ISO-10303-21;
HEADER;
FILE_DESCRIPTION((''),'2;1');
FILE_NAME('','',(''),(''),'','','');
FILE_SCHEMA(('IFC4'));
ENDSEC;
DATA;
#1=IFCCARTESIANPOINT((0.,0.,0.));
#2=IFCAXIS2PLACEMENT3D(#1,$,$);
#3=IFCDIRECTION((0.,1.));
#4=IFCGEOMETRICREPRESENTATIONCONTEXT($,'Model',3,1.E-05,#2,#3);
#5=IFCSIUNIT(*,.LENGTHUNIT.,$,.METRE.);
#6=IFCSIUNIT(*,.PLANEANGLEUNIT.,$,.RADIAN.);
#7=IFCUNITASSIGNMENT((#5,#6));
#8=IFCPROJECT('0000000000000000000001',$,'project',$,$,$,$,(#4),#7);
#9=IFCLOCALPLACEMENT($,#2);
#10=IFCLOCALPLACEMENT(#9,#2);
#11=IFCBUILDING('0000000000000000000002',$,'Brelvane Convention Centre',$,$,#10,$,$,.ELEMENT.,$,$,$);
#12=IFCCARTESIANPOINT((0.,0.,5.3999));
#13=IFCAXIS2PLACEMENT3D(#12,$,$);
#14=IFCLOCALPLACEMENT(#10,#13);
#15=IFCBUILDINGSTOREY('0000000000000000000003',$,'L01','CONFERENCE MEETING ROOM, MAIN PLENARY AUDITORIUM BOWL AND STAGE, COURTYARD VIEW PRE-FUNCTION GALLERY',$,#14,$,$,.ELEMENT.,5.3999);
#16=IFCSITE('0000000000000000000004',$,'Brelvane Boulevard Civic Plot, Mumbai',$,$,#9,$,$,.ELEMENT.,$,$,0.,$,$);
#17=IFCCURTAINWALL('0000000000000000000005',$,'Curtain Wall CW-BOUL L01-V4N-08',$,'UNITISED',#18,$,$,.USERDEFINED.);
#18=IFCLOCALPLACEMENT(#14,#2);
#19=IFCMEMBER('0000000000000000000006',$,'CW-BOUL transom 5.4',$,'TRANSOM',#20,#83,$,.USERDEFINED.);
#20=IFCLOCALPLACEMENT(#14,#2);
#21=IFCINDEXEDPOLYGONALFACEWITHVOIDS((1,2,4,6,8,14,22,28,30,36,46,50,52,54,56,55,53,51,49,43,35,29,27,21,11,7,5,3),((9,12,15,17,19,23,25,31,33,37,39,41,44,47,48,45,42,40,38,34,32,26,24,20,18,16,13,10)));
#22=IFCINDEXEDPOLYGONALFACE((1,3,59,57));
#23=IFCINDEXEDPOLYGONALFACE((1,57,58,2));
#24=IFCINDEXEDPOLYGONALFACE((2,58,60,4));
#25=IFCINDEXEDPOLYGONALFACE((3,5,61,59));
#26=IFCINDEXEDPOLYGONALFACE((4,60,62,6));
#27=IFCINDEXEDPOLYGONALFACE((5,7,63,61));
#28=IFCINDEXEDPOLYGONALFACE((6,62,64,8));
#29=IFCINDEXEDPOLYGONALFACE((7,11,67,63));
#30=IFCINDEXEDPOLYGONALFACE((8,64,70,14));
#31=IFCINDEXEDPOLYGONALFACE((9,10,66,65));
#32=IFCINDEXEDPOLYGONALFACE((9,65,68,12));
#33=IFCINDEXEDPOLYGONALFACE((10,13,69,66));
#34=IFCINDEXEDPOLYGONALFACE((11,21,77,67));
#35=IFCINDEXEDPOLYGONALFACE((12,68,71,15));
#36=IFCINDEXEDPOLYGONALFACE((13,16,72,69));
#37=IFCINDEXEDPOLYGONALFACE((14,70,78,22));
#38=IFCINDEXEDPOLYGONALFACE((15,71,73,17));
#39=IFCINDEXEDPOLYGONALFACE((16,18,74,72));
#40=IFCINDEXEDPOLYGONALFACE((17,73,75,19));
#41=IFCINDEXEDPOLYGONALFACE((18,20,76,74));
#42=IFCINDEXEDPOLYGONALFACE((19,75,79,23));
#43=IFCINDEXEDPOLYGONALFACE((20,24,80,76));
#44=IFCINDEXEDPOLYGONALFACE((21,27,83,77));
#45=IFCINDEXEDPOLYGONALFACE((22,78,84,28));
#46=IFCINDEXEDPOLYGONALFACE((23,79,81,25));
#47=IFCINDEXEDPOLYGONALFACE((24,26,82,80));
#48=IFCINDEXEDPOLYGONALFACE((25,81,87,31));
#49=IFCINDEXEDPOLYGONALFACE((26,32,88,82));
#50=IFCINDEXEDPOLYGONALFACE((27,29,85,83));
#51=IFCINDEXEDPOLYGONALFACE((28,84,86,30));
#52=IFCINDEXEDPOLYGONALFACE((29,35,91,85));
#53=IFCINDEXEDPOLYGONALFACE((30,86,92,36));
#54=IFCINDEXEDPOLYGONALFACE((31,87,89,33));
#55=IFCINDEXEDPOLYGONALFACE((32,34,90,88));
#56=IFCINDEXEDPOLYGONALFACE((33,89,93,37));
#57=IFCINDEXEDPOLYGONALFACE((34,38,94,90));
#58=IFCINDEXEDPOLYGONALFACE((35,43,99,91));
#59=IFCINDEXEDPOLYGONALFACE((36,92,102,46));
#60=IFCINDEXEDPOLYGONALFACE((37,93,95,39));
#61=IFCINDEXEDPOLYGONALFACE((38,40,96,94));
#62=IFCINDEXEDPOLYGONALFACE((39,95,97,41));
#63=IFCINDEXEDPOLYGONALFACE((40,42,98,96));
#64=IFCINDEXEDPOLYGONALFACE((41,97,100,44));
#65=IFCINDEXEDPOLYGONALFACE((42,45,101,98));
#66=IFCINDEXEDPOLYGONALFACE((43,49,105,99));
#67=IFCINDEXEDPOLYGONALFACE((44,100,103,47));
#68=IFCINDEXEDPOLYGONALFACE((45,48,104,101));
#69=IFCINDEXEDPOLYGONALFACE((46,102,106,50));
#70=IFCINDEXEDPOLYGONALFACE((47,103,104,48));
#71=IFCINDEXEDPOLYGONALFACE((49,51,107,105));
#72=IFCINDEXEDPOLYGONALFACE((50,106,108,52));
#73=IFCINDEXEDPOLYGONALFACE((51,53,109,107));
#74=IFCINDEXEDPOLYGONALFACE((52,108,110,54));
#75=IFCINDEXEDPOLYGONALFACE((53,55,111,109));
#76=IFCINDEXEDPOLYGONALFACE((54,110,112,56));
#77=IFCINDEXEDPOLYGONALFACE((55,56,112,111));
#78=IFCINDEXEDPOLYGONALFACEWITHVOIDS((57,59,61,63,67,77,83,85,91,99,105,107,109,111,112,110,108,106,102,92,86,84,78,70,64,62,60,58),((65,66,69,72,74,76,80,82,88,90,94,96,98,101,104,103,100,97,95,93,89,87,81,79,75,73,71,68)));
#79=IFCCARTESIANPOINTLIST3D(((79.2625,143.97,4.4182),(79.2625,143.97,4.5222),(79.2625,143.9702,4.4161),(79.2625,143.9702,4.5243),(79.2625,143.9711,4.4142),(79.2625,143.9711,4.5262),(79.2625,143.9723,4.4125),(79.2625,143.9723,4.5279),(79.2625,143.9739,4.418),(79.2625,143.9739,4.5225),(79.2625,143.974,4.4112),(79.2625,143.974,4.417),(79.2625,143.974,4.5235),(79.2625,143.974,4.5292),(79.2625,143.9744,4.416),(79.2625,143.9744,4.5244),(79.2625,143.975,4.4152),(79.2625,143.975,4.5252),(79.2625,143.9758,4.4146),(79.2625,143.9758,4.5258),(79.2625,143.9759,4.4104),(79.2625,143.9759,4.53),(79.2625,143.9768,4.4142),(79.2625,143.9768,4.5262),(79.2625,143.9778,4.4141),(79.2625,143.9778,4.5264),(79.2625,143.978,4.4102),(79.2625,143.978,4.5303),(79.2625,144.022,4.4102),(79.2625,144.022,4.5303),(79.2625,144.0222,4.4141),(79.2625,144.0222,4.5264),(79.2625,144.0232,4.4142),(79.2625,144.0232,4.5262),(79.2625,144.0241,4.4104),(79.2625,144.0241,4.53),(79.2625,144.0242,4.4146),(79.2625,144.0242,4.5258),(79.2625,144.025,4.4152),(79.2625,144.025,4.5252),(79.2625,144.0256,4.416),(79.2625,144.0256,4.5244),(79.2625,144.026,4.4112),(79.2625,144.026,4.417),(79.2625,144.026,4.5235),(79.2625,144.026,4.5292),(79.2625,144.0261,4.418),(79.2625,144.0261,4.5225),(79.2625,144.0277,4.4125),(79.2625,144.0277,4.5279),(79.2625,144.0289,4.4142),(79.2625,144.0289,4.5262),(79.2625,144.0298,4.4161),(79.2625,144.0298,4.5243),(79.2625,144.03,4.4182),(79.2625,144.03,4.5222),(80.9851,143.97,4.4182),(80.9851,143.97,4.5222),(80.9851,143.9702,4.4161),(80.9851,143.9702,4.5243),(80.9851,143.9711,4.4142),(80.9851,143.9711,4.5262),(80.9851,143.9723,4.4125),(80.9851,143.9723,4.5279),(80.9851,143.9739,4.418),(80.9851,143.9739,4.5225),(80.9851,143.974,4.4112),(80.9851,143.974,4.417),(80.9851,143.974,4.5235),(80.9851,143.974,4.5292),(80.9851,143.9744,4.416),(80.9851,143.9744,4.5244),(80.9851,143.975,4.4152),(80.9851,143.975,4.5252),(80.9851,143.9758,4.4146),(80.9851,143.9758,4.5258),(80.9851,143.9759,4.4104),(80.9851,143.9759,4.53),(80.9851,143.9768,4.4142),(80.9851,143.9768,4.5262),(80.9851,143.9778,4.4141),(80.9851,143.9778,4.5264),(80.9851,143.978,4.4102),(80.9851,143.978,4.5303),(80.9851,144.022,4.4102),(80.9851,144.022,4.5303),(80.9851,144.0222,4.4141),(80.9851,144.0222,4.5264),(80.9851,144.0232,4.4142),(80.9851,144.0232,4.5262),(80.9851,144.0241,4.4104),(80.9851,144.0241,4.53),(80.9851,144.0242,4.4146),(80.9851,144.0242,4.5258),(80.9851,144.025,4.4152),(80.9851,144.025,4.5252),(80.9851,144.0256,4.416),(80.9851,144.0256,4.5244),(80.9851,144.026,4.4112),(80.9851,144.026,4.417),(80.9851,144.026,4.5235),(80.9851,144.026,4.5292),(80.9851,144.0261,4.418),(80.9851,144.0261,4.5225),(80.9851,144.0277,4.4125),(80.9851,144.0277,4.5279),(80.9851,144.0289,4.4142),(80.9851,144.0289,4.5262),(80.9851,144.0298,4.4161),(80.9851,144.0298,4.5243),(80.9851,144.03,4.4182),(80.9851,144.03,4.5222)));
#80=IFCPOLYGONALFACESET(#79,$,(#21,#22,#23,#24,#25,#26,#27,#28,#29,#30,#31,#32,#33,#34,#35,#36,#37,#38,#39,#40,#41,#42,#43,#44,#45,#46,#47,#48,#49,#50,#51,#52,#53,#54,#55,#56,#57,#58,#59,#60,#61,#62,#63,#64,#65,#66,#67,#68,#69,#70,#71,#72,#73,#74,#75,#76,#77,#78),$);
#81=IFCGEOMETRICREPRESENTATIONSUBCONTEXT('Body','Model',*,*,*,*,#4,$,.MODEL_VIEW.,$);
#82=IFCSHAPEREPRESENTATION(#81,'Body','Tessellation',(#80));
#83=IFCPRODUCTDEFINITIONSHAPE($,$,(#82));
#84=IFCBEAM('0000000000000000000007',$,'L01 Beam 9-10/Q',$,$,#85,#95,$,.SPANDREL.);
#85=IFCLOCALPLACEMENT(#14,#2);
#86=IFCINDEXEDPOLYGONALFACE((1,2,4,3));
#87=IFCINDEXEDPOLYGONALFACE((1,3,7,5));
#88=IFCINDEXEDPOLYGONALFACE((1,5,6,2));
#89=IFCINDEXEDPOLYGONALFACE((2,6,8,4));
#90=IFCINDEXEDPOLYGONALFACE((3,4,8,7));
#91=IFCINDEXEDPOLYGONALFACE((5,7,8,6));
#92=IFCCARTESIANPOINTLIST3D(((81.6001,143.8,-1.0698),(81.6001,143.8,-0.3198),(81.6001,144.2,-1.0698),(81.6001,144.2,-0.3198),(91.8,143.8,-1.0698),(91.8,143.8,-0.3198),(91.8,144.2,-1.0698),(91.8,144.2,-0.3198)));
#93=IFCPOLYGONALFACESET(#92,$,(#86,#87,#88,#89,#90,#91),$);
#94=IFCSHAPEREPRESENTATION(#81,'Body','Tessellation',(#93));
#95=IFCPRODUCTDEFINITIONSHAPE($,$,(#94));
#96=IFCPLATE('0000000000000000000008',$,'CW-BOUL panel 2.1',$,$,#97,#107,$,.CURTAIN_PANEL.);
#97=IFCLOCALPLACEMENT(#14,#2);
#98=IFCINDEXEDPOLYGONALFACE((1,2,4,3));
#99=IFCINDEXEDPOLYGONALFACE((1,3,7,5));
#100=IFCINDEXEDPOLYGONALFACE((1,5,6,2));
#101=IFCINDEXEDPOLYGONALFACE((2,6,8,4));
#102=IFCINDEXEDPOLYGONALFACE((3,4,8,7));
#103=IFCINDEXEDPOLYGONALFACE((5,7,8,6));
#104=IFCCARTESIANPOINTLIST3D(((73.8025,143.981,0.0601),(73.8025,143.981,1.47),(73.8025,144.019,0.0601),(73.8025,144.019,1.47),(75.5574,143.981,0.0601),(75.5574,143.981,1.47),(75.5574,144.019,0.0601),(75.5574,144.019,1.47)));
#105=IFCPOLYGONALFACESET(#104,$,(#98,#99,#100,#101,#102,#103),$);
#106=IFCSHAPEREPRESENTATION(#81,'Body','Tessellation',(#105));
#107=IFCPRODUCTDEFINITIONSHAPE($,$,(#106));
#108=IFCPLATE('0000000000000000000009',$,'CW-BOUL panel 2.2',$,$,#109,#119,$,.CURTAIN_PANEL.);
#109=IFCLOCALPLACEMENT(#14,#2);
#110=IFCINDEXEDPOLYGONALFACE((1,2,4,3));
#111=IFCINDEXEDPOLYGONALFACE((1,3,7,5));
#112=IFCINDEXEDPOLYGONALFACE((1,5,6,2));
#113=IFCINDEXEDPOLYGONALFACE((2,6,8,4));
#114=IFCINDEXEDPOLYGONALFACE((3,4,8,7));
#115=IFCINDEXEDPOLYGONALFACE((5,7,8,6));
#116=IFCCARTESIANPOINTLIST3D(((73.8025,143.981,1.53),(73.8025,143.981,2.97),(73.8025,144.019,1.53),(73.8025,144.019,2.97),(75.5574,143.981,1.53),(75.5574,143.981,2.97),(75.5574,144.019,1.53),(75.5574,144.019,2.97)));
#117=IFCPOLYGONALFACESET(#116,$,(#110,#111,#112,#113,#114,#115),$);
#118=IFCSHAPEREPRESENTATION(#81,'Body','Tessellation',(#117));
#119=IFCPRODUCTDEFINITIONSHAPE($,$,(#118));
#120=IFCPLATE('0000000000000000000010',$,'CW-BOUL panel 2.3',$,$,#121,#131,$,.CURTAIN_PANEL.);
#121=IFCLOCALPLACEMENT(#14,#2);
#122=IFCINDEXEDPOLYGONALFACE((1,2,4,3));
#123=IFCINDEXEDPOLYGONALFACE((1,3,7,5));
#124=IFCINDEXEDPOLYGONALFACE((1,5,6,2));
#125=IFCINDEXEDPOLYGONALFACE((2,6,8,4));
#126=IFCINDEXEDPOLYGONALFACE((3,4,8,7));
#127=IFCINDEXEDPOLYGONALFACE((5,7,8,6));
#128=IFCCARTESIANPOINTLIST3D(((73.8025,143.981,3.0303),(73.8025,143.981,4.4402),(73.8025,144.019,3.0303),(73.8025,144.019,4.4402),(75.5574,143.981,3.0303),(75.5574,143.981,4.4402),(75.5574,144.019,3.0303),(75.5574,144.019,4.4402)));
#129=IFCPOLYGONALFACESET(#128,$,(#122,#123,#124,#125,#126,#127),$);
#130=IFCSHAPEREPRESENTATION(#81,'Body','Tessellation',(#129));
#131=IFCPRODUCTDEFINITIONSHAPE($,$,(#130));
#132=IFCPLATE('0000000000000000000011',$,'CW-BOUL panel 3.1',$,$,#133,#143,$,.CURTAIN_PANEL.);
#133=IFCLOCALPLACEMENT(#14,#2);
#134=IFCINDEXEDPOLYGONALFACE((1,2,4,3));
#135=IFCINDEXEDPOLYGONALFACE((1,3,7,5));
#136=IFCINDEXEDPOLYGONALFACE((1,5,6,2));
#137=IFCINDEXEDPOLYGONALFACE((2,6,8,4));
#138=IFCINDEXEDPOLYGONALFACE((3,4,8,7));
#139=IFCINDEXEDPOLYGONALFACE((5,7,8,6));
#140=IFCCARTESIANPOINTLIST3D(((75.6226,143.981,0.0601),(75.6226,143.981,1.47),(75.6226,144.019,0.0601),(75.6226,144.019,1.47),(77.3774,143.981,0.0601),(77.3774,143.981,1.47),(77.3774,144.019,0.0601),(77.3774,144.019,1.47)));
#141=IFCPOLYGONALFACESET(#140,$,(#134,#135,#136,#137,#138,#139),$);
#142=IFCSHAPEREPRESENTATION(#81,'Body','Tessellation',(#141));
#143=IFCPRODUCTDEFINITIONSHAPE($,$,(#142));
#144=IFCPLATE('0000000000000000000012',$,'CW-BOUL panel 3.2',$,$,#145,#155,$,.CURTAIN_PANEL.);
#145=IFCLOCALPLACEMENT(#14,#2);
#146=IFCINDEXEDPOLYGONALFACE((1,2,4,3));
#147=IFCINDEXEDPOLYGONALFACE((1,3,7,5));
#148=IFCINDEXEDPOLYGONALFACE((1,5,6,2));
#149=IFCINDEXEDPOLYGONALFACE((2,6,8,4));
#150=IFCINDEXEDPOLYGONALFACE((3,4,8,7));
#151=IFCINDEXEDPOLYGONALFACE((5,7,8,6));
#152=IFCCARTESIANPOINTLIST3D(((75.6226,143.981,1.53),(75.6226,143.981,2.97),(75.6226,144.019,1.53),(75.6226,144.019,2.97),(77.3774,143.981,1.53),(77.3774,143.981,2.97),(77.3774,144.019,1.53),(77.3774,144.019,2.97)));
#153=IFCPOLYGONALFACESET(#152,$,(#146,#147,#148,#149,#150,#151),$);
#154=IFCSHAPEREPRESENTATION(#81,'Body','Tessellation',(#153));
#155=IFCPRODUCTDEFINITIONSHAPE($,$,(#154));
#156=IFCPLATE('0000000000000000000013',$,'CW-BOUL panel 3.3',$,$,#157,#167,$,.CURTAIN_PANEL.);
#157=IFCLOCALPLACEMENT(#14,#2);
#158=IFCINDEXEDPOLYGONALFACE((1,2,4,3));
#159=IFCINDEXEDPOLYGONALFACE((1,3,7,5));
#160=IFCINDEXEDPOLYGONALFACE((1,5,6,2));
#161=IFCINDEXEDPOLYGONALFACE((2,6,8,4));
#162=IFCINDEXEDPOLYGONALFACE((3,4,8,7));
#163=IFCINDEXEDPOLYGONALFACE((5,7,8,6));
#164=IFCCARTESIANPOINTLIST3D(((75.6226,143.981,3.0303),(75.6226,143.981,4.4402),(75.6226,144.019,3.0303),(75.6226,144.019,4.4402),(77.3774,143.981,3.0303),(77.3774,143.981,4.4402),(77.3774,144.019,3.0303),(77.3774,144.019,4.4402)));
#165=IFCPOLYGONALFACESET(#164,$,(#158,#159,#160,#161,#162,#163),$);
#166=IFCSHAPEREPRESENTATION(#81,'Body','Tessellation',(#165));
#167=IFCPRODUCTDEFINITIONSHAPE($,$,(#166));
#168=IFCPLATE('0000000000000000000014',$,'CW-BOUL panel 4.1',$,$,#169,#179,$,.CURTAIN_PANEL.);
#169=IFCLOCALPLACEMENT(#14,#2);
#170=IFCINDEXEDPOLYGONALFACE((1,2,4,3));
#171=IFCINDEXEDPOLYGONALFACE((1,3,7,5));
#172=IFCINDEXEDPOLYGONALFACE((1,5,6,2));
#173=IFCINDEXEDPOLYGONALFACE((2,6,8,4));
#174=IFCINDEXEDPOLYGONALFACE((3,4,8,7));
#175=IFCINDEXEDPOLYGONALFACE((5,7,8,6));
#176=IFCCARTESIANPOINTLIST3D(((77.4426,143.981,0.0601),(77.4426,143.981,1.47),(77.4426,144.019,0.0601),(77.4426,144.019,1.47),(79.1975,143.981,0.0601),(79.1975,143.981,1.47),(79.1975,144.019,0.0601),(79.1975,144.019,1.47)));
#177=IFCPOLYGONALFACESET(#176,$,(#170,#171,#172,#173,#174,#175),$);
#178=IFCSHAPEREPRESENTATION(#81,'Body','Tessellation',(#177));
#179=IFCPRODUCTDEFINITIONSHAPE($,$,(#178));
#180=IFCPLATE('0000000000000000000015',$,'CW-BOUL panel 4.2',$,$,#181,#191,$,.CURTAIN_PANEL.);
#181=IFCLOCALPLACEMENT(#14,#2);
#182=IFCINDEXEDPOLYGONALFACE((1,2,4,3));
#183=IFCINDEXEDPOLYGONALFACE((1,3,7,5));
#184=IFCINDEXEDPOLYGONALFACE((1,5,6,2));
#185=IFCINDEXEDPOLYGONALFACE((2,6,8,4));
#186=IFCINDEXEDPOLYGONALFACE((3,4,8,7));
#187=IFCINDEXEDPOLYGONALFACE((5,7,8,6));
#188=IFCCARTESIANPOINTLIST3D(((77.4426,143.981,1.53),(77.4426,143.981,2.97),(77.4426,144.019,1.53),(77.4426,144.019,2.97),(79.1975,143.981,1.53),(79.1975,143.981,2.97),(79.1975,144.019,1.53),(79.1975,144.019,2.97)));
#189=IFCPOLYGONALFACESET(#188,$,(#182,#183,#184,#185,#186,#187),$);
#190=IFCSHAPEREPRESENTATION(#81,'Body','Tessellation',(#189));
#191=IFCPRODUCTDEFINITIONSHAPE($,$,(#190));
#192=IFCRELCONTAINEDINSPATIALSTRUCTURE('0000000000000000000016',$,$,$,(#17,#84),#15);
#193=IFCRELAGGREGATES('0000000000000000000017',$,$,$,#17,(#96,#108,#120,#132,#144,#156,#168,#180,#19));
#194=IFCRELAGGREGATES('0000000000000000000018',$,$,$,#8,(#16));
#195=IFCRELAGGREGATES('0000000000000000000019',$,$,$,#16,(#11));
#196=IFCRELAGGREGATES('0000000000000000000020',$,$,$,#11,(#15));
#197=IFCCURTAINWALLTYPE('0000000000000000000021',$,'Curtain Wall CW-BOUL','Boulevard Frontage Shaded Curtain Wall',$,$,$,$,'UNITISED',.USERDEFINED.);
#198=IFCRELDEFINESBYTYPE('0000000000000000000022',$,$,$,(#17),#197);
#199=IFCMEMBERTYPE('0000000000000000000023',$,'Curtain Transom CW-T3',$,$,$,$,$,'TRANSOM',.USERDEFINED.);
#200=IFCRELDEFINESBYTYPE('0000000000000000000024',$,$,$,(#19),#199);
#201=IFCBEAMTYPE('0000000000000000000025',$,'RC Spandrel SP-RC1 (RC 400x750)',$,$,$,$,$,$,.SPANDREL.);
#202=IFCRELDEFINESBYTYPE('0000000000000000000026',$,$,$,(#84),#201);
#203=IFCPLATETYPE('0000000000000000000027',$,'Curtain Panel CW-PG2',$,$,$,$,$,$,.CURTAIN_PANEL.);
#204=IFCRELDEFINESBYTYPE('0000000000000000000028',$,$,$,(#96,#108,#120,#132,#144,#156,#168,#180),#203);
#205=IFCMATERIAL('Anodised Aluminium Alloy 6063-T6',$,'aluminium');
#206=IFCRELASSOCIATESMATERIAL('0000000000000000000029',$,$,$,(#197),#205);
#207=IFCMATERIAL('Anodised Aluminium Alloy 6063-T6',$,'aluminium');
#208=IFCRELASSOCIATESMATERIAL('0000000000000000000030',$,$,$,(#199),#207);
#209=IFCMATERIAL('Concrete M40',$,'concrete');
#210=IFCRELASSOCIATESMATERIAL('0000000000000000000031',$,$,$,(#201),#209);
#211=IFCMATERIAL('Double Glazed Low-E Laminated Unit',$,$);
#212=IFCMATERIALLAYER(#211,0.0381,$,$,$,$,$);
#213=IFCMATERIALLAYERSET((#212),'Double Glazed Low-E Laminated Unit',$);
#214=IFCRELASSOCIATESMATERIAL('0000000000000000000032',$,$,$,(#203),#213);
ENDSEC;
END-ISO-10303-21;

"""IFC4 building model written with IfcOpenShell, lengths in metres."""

from ifc_helpers import new_model, si_unit, direction, frame, origin, origin_2d, place, context, subcontext, project, spatial, rectangle, hollow_rectangle, extrude, material, layer, layer_set, material_profile, profile_set, type_object, element, aggregate, save


model = new_model("IFC4")

# Units and contexts
model_context = context("Model", 3, precision=1e-05, world=origin(), true_north=direction((0.0, 1.0)))
body_context = subcontext(model_context, "Body", "Model", "MODEL_VIEW")
ifc_project = project(units=[si_unit("LENGTHUNIT", "METRE"), si_unit("PLANEANGLEUNIT", "RADIAN")], contexts=[model_context])

# Site, building, storey
site_placement = place(None, origin())
site = spatial("IfcSite", under=ifc_project, at=site_placement, Name="Brelvane Boulevard Civic Plot, Mumbai", CompositionType="ELEMENT", RefElevation=0.0)
building_placement = place(site_placement, origin())
building = spatial("IfcBuilding", under=site, at=building_placement, Name="Brelvane Convention Centre", CompositionType="ELEMENT")
storey_placement = place(building_placement, frame((0.0, 0.0, 5.3999)))
storey = spatial("IfcBuildingStorey", under=building, at=storey_placement, Name="L01", Description="CONFERENCE MEETING ROOM, MAIN PLENARY AUDITORIUM BOWL AND STAGE, COURTYARD VIEW PRE-FUNCTION GALLERY", CompositionType="ELEMENT", Elevation=5.3999)

# Curtain wall, member
ifc_material_1 = material(Name="Anodised Aluminium Alloy 6063-T6", Category="aluminium")
curtain_wall_type = type_object("IfcCurtainWallType", Name="Curtain Wall CW-BOUL", Description="Boulevard Frontage Shaded Curtain Wall", ElementType="UNITISED", PredefinedType="USERDEFINED", material=ifc_material_1)
curtain_wall_placement = place(storey_placement, origin())
curtain_wall = element("IfcCurtainWall", 1, at=curtain_wall_placement, inside=storey, type_object=curtain_wall_type, Name="Curtain Wall CW-BOUL L01-V4N-08", ObjectType="UNITISED", PredefinedType="USERDEFINED")
ifc_material_2 = material(Name="Anodised Aluminium Alloy 6063-T6", Category="aluminium")
ifc_material_profile_1 = material_profile(ifc_material_2, hollow_rectangle(XDim=0.0601, YDim=0.1201, WallThickness=0.0039, InnerFilletRadius=0.0039, OuterFilletRadius=0.0081, at=origin_2d()), Name="ALU-T 120x60x4.0")
ifc_profile_set_1 = profile_set([ifc_material_profile_1], Name="Anodised Aluminium Alloy 6063-T6")
member_type_1 = type_object("IfcMemberType", Name="Curtain Transom CW-T3", ElementType="TRANSOM", PredefinedType="USERDEFINED", material=ifc_profile_set_1)
member_1_placement = place(storey_placement, frame((79.2625, 144.0, 4.4702), z_axis=(1.0, 0.0, 0.0), x_axis=(0.0, 1.0, 0.0)))
member_1 = element("IfcMember", 2, at=member_1_placement, type_object=member_type_1, Name="CW-BOUL transom 5.4", ObjectType="TRANSOM", PredefinedType="USERDEFINED", context=body_context, shape_type="SweptSolid", body=[
    extrude(hollow_rectangle(XDim=0.0601, YDim=0.1201, WallThickness=0.0039, InnerFilletRadius=0.0039, OuterFilletRadius=0.0081, at=origin_2d()), origin(), (0.0, 0.0, 1.0), 1.7227),
])

# Beam
ifc_material_3 = material(Name="Concrete M40", Category="concrete")
ifc_material_profile_2 = material_profile(ifc_material_3, rectangle(XDim=0.3999, YDim=0.75, at=origin_2d()), Name="RC 400x750")
ifc_profile_set_2 = profile_set([ifc_material_profile_2], Name="Concrete M40")
beam_type = type_object("IfcBeamType", Name="RC Spandrel SP-RC1 (RC 400x750)", PredefinedType="SPANDREL", material=ifc_profile_set_2)
beam_placement = place(storey_placement, frame((81.6001, 144.0, -0.6948), z_axis=(1.0, 0.0, 0.0), x_axis=(0.0, 1.0, 0.0)))
element("IfcBeam", 3, at=beam_placement, inside=storey, type_object=beam_type, Name="L01 Beam 9-10/Q", PredefinedType="SPANDREL", context=body_context, shape_type="SweptSolid", body=[
    extrude(rectangle(XDim=0.3999, YDim=0.75, at=origin_2d()), origin(), (0.0, 0.0, 1.0), 10.2),
])

# Plates
ifc_material_4 = material(Name="Double Glazed Low-E Laminated Unit")
ifc_layer_1 = layer(ifc_material_4, 0.0381)
ifc_layer_set_1 = layer_set([ifc_layer_1], Name="Double Glazed Low-E Laminated Unit")
plate_type_1 = type_object("IfcPlateType", Name="Curtain Panel CW-PG2", PredefinedType="CURTAIN_PANEL", material=ifc_layer_set_1)
plate_1_placement = place(storey_placement, frame((74.6799, 144.0, 0.0601), z_axis=(0.0, 0.0, 1.0), x_axis=(1.0, 0.0, 0.0)))
plate_1 = element("IfcPlate", 4, at=plate_1_placement, type_object=plate_type_1, Name="CW-BOUL panel 2.1", PredefinedType="CURTAIN_PANEL", context=body_context, shape_type="SweptSolid", body=[
    extrude(rectangle(XDim=1.7549, YDim=0.0381, at=origin_2d()), origin(), (0.0, 0.0, 1.0), 1.4099),
])
plate_2_placement = place(storey_placement, frame((74.6799, 144.0, 1.53), z_axis=(0.0, 0.0, 1.0), x_axis=(1.0, 0.0, 0.0)))
plate_2 = element("IfcPlate", 5, at=plate_2_placement, type_object=plate_type_1, Name="CW-BOUL panel 2.2", PredefinedType="CURTAIN_PANEL", context=body_context, shape_type="SweptSolid", body=[
    extrude(rectangle(XDim=1.7549, YDim=0.0381, at=origin_2d()), origin(), (0.0, 0.0, 1.0), 1.4399),
])
plate_3_placement = place(storey_placement, frame((74.6799, 144.0, 3.0303), z_axis=(0.0, 0.0, 1.0), x_axis=(1.0, 0.0, 0.0)))
plate_3 = element("IfcPlate", 6, at=plate_3_placement, type_object=plate_type_1, Name="CW-BOUL panel 2.3", PredefinedType="CURTAIN_PANEL", context=body_context, shape_type="SweptSolid", body=[
    extrude(rectangle(XDim=1.7549, YDim=0.0381, at=origin_2d()), origin(), (0.0, 0.0, 1.0), 1.4099),
])
plate_4_placement = place(storey_placement, frame((76.5, 144.0, 0.0601), z_axis=(0.0, 0.0, 1.0), x_axis=(1.0, 0.0, 0.0)))
plate_4 = element("IfcPlate", 7, at=plate_4_placement, type_object=plate_type_1, Name="CW-BOUL panel 3.1", PredefinedType="CURTAIN_PANEL", context=body_context, shape_type="SweptSolid", body=[
    extrude(rectangle(XDim=1.7549, YDim=0.0381, at=origin_2d()), origin(), (0.0, 0.0, 1.0), 1.4099),
])
plate_5_placement = place(storey_placement, frame((76.5, 144.0, 1.53), z_axis=(0.0, 0.0, 1.0), x_axis=(1.0, 0.0, 0.0)))
plate_5 = element("IfcPlate", 8, at=plate_5_placement, type_object=plate_type_1, Name="CW-BOUL panel 3.2", PredefinedType="CURTAIN_PANEL", context=body_context, shape_type="SweptSolid", body=[
    extrude(rectangle(XDim=1.7549, YDim=0.0381, at=origin_2d()), origin(), (0.0, 0.0, 1.0), 1.4399),
])
plate_6_placement = place(storey_placement, frame((76.5, 144.0, 3.0303), z_axis=(0.0, 0.0, 1.0), x_axis=(1.0, 0.0, 0.0)))
plate_6 = element("IfcPlate", 9, at=plate_6_placement, type_object=plate_type_1, Name="CW-BOUL panel 3.3", PredefinedType="CURTAIN_PANEL", context=body_context, shape_type="SweptSolid", body=[
    extrude(rectangle(XDim=1.7549, YDim=0.0381, at=origin_2d()), origin(), (0.0, 0.0, 1.0), 1.4099),
])
plate_7_placement = place(storey_placement, frame((78.3201, 144.0, 0.0601), z_axis=(0.0, 0.0, 1.0), x_axis=(1.0, 0.0, 0.0)))
plate_7 = element("IfcPlate", 10, at=plate_7_placement, type_object=plate_type_1, Name="CW-BOUL panel 4.1", PredefinedType="CURTAIN_PANEL", context=body_context, shape_type="SweptSolid", body=[
    extrude(rectangle(XDim=1.7549, YDim=0.0381, at=origin_2d()), origin(), (0.0, 0.0, 1.0), 1.4099),
])
plate_8_placement = place(storey_placement, frame((78.3201, 144.0, 1.53), z_axis=(0.0, 0.0, 1.0), x_axis=(1.0, 0.0, 0.0)))
plate_8 = element("IfcPlate", 11, at=plate_8_placement, type_object=plate_type_1, Name="CW-BOUL panel 4.2", PredefinedType="CURTAIN_PANEL", context=body_context, shape_type="SweptSolid", body=[
    extrude(rectangle(XDim=1.7549, YDim=0.0381, at=origin_2d()), origin(), (0.0, 0.0, 1.0), 1.4399),
])
aggregate(curtain_wall, [plate_1, plate_2, plate_3, plate_4, plate_5, plate_6, plate_7, plate_8, member_1])

save(model, "model.ifc")
